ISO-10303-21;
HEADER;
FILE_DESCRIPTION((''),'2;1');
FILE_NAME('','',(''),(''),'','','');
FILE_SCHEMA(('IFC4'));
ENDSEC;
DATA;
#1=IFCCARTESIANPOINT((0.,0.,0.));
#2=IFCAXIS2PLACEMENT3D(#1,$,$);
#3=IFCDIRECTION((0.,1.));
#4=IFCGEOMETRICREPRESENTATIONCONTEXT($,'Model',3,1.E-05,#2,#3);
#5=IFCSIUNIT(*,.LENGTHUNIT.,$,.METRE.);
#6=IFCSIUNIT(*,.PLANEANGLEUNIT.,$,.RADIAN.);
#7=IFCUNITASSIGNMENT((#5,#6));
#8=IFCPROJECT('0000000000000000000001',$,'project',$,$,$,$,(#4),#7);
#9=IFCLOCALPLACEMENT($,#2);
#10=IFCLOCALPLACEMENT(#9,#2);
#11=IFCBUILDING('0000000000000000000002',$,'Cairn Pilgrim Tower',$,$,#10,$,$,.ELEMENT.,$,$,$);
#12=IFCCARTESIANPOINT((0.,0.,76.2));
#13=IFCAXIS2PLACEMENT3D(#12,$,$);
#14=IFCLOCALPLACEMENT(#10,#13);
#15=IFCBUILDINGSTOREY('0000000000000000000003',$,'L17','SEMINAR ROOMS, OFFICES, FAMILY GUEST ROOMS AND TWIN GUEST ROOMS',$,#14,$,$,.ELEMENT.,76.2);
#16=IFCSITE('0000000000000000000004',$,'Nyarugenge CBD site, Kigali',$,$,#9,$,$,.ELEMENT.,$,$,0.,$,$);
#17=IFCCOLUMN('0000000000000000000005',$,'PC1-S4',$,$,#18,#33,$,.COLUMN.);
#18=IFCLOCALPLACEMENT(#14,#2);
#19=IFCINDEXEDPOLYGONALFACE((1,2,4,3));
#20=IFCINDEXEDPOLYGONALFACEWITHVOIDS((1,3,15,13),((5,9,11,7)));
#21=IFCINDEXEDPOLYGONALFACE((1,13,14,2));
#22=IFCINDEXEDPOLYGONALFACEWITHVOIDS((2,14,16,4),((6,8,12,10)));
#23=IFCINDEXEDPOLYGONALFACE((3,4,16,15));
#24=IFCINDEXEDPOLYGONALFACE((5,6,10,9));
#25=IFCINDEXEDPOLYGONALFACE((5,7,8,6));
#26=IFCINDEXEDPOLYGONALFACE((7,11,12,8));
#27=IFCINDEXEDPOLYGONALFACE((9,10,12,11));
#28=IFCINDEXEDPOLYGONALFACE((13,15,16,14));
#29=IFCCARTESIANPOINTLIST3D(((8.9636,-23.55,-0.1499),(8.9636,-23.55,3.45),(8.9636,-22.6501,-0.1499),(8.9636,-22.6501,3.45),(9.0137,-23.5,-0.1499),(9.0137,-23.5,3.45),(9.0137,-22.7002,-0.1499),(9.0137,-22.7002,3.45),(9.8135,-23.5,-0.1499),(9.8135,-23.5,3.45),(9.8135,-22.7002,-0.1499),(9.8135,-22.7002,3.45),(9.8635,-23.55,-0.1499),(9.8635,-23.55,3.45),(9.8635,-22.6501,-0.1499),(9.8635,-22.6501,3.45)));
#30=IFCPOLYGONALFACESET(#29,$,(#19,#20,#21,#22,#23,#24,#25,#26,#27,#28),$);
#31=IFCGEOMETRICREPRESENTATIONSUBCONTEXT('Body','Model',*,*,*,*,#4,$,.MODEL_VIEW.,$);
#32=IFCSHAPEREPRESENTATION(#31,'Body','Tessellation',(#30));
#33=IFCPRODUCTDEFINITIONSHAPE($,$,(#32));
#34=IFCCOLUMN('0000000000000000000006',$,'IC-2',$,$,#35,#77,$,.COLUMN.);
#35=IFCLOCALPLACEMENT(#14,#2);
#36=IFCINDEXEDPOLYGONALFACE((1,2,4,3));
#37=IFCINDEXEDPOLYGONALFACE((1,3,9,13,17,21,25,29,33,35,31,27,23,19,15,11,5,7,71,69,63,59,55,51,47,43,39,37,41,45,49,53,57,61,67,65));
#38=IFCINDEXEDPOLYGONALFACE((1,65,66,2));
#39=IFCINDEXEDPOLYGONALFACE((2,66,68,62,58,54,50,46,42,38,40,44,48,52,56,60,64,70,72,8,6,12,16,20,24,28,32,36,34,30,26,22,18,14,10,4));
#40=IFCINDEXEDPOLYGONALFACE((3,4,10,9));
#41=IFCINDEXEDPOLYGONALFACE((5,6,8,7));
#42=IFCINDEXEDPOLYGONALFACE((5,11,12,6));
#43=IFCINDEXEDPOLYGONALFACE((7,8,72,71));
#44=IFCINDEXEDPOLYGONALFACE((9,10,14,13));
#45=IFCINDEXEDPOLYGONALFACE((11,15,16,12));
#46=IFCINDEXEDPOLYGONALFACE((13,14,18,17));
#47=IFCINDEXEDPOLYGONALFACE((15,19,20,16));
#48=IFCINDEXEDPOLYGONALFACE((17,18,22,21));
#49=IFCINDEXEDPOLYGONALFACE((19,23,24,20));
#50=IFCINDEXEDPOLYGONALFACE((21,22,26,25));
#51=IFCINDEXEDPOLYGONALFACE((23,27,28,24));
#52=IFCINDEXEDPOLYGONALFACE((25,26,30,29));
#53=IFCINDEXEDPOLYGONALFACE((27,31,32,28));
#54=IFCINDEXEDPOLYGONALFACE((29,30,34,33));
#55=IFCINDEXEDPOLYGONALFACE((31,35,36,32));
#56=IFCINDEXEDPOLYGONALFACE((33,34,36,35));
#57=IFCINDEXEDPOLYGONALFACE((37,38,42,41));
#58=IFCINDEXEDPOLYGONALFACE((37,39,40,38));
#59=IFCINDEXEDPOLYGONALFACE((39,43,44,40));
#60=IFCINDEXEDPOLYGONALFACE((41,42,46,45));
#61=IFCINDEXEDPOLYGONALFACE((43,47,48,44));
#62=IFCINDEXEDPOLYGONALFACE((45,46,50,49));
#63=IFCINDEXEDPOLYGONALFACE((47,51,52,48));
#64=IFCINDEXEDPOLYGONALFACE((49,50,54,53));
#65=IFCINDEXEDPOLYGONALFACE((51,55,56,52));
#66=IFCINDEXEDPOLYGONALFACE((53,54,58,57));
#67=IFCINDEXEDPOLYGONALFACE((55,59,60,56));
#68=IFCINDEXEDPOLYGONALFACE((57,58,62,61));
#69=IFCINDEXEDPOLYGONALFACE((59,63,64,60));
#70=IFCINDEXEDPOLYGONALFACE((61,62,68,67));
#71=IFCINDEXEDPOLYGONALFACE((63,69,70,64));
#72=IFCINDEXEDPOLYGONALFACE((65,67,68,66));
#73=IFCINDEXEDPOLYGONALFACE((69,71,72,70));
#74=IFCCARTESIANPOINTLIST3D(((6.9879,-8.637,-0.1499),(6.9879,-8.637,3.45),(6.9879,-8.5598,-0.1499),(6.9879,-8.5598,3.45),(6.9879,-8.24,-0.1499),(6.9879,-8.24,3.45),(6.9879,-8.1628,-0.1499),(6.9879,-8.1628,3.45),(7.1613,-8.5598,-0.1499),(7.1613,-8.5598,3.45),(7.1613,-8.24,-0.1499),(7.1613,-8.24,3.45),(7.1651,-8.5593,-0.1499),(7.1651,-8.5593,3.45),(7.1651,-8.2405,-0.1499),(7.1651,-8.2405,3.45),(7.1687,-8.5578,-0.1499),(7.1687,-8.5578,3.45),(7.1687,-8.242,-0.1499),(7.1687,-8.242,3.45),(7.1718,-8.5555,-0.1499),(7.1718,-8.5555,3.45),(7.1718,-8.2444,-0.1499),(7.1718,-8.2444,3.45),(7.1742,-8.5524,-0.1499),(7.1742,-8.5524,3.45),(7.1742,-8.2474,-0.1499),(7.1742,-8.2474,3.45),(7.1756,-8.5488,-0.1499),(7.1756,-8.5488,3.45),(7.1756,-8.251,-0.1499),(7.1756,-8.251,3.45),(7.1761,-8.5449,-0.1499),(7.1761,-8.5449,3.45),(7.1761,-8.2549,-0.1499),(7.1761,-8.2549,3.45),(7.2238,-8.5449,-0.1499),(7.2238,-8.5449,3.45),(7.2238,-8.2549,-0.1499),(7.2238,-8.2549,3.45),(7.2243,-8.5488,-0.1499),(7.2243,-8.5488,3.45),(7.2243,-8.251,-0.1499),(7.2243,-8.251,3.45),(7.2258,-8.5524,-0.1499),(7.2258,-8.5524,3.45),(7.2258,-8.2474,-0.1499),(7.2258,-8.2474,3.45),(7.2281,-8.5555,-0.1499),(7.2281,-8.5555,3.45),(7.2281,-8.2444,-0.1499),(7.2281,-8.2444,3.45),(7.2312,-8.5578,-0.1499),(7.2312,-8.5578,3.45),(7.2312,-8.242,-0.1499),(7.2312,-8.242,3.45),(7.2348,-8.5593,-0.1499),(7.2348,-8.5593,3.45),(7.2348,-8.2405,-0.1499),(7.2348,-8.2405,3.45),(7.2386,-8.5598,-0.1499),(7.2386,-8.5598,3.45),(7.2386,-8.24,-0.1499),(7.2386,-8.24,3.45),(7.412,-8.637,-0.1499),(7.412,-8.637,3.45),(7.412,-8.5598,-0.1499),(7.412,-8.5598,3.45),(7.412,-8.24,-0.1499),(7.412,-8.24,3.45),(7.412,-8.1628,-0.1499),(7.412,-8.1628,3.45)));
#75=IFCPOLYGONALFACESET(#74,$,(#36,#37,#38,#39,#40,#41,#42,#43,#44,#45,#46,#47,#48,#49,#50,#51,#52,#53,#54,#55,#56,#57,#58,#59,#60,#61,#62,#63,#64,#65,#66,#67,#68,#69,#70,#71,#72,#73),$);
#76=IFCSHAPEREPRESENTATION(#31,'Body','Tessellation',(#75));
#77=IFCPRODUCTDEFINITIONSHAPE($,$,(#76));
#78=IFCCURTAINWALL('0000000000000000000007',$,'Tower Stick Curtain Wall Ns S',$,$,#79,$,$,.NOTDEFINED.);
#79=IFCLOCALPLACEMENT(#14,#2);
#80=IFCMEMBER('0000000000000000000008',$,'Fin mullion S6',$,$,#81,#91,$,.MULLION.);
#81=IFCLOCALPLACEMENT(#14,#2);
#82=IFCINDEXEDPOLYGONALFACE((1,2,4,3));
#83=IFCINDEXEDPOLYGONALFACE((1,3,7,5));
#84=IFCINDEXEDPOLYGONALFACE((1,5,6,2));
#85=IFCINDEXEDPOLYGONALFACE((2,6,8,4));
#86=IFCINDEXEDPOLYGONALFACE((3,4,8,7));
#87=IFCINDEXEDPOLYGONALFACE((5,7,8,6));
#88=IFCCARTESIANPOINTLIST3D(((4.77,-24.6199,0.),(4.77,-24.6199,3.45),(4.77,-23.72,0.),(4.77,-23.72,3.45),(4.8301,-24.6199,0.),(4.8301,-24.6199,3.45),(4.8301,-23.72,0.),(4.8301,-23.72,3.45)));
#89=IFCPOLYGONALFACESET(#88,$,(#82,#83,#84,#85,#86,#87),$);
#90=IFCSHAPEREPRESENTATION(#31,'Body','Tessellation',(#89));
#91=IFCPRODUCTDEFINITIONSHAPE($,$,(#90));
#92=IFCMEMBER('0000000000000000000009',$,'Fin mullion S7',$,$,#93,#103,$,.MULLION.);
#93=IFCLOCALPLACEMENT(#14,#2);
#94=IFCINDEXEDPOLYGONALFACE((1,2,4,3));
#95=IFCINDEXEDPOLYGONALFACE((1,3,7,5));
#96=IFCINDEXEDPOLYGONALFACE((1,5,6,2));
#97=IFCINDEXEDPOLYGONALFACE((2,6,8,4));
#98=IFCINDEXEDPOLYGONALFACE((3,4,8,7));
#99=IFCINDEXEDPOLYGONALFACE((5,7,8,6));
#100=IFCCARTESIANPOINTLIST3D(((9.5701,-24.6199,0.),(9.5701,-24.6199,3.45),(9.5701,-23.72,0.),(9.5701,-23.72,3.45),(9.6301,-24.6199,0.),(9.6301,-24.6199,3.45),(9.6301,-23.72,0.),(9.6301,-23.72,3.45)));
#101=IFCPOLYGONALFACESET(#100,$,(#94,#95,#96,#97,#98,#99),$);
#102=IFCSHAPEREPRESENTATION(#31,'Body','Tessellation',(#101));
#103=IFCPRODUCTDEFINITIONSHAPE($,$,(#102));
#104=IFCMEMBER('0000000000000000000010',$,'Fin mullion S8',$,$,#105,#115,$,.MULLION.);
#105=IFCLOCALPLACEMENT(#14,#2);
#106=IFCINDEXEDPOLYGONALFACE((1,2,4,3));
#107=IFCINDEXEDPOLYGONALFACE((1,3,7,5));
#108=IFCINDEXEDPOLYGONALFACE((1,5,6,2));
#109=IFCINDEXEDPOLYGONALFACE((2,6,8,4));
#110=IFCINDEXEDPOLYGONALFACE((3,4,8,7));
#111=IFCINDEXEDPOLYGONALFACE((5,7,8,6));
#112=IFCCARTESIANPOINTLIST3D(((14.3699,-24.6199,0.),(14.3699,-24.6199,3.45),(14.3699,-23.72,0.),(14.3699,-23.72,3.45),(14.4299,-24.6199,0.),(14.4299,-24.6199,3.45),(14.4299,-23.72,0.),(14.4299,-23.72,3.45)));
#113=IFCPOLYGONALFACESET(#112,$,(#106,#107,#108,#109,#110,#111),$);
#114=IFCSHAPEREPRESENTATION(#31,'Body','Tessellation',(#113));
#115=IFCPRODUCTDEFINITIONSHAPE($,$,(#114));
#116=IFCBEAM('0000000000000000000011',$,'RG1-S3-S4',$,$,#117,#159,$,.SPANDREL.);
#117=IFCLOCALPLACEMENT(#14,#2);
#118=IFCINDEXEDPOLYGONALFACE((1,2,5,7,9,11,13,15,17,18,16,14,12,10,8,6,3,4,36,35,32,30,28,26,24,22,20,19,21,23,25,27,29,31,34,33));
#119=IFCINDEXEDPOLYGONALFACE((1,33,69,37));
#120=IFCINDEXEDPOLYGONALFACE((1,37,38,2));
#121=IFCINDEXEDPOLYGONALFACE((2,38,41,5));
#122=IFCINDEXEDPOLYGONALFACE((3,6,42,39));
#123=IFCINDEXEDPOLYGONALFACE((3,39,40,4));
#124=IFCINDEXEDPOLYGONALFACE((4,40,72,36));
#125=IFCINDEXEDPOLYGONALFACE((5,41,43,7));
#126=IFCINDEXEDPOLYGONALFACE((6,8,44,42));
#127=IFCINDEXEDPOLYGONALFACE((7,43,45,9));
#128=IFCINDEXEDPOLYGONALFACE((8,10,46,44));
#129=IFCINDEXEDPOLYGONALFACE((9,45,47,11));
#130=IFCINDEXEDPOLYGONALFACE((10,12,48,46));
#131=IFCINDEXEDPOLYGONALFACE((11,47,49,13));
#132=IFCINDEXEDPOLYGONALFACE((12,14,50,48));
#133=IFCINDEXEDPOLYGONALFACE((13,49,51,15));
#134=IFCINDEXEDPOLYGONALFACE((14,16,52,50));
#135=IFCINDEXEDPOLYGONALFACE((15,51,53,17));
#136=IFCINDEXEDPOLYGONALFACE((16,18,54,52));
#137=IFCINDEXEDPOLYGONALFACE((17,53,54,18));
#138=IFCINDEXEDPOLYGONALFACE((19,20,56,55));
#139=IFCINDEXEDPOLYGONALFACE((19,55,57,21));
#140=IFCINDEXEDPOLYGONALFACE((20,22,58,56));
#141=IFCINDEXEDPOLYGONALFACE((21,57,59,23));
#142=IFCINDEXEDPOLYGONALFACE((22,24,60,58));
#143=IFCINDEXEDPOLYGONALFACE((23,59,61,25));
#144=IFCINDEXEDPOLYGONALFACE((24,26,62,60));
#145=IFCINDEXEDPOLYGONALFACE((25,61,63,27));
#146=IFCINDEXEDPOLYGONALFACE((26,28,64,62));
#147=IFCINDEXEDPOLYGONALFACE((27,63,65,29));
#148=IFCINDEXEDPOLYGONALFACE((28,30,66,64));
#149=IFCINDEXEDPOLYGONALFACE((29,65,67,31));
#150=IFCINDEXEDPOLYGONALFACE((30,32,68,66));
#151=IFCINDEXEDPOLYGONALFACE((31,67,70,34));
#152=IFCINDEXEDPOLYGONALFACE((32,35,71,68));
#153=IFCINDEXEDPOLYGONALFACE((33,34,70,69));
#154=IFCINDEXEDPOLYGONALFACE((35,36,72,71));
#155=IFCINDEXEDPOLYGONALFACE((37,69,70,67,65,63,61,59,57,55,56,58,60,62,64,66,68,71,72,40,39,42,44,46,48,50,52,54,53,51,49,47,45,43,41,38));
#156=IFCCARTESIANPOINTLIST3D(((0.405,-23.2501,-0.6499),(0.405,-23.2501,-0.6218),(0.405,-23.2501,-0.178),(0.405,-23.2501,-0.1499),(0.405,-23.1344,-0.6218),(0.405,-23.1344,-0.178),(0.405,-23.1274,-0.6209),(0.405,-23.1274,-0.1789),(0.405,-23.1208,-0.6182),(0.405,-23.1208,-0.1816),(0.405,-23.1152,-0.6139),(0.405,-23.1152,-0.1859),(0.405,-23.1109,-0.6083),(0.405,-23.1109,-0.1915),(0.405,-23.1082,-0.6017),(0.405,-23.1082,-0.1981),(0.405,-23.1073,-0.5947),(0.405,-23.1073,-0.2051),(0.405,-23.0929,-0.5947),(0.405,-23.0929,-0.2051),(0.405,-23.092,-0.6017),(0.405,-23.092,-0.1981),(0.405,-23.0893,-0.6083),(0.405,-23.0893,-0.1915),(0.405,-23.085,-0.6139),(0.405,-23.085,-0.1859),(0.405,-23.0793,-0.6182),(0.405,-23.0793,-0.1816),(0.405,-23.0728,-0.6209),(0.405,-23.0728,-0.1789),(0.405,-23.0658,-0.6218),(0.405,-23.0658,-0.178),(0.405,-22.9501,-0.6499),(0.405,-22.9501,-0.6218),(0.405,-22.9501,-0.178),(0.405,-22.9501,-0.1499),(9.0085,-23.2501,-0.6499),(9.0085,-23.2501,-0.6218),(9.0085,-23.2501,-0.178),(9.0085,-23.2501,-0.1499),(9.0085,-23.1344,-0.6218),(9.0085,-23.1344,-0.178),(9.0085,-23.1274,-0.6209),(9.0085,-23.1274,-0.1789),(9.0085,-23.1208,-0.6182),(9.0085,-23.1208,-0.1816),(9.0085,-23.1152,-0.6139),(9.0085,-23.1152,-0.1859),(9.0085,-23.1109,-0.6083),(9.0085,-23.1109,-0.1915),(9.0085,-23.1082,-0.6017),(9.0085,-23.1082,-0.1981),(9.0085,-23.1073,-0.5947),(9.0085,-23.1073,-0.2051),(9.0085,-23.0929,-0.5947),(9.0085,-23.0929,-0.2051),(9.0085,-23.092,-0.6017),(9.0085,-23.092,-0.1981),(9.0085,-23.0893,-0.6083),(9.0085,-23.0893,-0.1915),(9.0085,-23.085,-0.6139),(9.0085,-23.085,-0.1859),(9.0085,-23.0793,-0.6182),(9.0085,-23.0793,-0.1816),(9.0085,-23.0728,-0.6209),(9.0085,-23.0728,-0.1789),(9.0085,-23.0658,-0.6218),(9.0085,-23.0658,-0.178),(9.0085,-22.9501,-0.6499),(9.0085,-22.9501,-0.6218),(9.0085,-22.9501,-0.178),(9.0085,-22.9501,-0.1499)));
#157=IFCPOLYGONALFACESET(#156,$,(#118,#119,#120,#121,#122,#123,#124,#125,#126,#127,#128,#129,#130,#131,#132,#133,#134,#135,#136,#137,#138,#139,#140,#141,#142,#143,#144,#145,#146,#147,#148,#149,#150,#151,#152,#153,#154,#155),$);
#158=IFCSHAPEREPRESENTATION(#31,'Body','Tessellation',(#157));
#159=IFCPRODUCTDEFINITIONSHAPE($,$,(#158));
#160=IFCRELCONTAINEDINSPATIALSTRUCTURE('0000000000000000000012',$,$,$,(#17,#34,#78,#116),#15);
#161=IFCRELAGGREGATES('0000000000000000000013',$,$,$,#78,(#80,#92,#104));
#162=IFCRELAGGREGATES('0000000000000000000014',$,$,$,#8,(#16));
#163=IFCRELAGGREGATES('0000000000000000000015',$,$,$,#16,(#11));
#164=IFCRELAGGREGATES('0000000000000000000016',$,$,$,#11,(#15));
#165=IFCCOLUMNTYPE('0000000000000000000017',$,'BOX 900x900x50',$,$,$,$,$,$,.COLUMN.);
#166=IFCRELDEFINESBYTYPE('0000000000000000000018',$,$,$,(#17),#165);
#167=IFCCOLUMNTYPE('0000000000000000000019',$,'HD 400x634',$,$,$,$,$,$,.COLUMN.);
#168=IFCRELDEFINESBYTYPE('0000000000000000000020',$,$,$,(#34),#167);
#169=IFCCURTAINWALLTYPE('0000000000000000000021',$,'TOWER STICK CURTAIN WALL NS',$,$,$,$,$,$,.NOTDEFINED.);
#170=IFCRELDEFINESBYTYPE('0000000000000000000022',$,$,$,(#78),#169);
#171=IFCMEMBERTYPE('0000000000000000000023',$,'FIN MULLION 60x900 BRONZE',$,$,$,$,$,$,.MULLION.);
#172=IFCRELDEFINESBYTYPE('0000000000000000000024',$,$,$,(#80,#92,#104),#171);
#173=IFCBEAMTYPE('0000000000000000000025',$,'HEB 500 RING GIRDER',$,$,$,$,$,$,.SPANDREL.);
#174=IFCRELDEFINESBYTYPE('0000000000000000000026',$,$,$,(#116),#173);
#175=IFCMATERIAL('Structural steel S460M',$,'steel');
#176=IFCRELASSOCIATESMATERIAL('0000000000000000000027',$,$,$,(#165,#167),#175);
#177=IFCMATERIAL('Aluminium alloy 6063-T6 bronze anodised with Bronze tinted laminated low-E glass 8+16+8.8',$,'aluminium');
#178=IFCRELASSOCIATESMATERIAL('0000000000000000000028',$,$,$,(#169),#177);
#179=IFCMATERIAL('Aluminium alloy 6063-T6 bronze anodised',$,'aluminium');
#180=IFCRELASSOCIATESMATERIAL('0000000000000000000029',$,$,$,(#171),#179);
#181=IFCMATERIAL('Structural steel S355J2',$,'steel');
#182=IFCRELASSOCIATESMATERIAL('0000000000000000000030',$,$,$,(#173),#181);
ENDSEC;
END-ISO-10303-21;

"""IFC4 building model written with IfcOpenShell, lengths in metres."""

from ifc_helpers import new_model, si_unit, direction, frame, origin, origin_2d, place, context, subcontext, project, spatial, rectangle, hollow_rectangle, i_section, extrude, material, material_profile, profile_set, type_object, element, aggregate, save


model = new_model("IFC4")

# Units and contexts
model_context = context("Model", 3, precision=1e-05, world=origin(), true_north=direction((0.0, 1.0)))
body_context = subcontext(model_context, "Body", "Model", "MODEL_VIEW")
ifc_project = project(units=[si_unit("LENGTHUNIT", "METRE"), si_unit("PLANEANGLEUNIT", "RADIAN")], contexts=[model_context])

# Site, building, storey
site_placement = place(None, origin())
site = spatial("IfcSite", under=ifc_project, at=site_placement, Name="Nyarugenge CBD site, Kigali", CompositionType="ELEMENT", RefElevation=0.0)
building_placement = place(site_placement, origin())
building = spatial("IfcBuilding", under=site, at=building_placement, Name="Cairn Pilgrim Tower", CompositionType="ELEMENT")
storey_placement = place(building_placement, frame((0.0, 0.0, 76.2)))
storey = spatial("IfcBuildingStorey", under=building, at=storey_placement, Name="L17", Description="SEMINAR ROOMS, OFFICES, FAMILY GUEST ROOMS AND TWIN GUEST ROOMS", CompositionType="ELEMENT", Elevation=76.2)

# Columns
ifc_material_1 = material(Name="Structural steel S460M", Category="steel")
ifc_material_profile_1 = material_profile(ifc_material_1, hollow_rectangle(XDim=0.8999, YDim=0.8999, WallThickness=0.05, at=origin_2d()), Name="BOX 900x900x50")
ifc_profile_set_1 = profile_set([ifc_material_profile_1], Name="Structural steel S460M")
column_type_1 = type_object("IfcColumnType", Name="BOX 900x900x50", PredefinedType="COLUMN", material=ifc_profile_set_1)
column_1_placement = place(storey_placement, frame((9.4136, -23.1001, -0.1499), z_axis=(0.0, 0.0, 1.0), x_axis=(1.0, 0.0, 0.0)))
element("IfcColumn", 1, at=column_1_placement, inside=storey, type_object=column_type_1, Name="PC1-S4", PredefinedType="COLUMN", context=body_context, shape_type="SweptSolid", body=[
    extrude(hollow_rectangle(XDim=0.8999, YDim=0.8999, WallThickness=0.05, at=origin_2d()), origin(), (0.0, 0.0, 1.0), 3.5999),
])
ifc_material_profile_2 = material_profile(ifc_material_1, i_section(OverallWidth=0.4241, OverallDepth=0.4741, WebThickness=0.0476, FlangeThickness=0.0771, FilletRadius=0.0149, at=origin_2d()), Name="HD 400x634")
ifc_profile_set_2 = profile_set([ifc_material_profile_2], Name="Structural steel S460M")
column_type_2 = type_object("IfcColumnType", Name="HD 400x634", PredefinedType="COLUMN", material=ifc_profile_set_2)
column_2_placement = place(storey_placement, frame((7.2, -8.3999, -0.1499), z_axis=(0.0, 0.0, 1.0), x_axis=(1.0, 0.0, 0.0)))
element("IfcColumn", 2, at=column_2_placement, inside=storey, type_object=column_type_2, Name="IC-2", PredefinedType="COLUMN", context=body_context, shape_type="SweptSolid", body=[
    extrude(i_section(OverallWidth=0.4241, OverallDepth=0.4741, WebThickness=0.0476, FlangeThickness=0.0771, FilletRadius=0.0149, at=origin_2d()), origin(), (0.0, 0.0, 1.0), 3.5999),
])

# Curtain wall, members
ifc_material_2 = material(Name="Aluminium alloy 6063-T6 bronze anodised with Bronze tinted laminated low-E glass 8+16+8.8", Category="aluminium")
curtain_wall_type = type_object("IfcCurtainWallType", Name="TOWER STICK CURTAIN WALL NS", PredefinedType="NOTDEFINED", material=ifc_material_2)
curtain_wall_placement = place(storey_placement, origin())
curtain_wall = element("IfcCurtainWall", 3, at=curtain_wall_placement, inside=storey, type_object=curtain_wall_type, Name="Tower Stick Curtain Wall Ns S", PredefinedType="NOTDEFINED")
ifc_material_3 = material(Name="Aluminium alloy 6063-T6 bronze anodised", Category="aluminium")
ifc_material_profile_3 = material_profile(ifc_material_3, rectangle(XDim=0.8999, YDim=0.0601, at=origin_2d()), Name="FIN MULLION 60x900 BRONZE")
ifc_profile_set_3 = profile_set([ifc_material_profile_3], Name="Aluminium alloy 6063-T6 bronze anodised")
member_type_1 = type_object("IfcMemberType", Name="FIN MULLION 60x900 BRONZE", PredefinedType="MULLION", material=ifc_profile_set_3)
member_1_placement = place(storey_placement, frame((4.8, -24.1699, 0.0), z_axis=(0.0, 0.0, 1.0), x_axis=(0.0, -1.0, 0.0)))
member_1 = element("IfcMember", 4, at=member_1_placement, type_object=member_type_1, Name="Fin mullion S6", PredefinedType="MULLION", context=body_context, shape_type="SweptSolid", body=[
    extrude(rectangle(XDim=0.8999, YDim=0.0601, at=origin_2d()), origin(), (0.0, 0.0, 1.0), 3.45),
])
member_2_placement = place(storey_placement, frame((9.6001, -24.1699, 0.0), z_axis=(0.0, 0.0, 1.0), x_axis=(0.0, -1.0, 0.0)))
member_2 = element("IfcMember", 5, at=member_2_placement, type_object=member_type_1, Name="Fin mullion S7", PredefinedType="MULLION", context=body_context, shape_type="SweptSolid", body=[
    extrude(rectangle(XDim=0.8999, YDim=0.0601, at=origin_2d()), origin(), (0.0, 0.0, 1.0), 3.45),
])
member_3_placement = place(storey_placement, frame((14.3999, -24.1699, 0.0), z_axis=(0.0, 0.0, 1.0), x_axis=(0.0, -1.0, 0.0)))
member_3 = element("IfcMember", 6, at=member_3_placement, type_object=member_type_1, Name="Fin mullion S8", PredefinedType="MULLION", context=body_context, shape_type="SweptSolid", body=[
    extrude(rectangle(XDim=0.8999, YDim=0.0601, at=origin_2d()), origin(), (0.0, 0.0, 1.0), 3.45),
])

# Beam
ifc_material_4 = material(Name="Structural steel S355J2", Category="steel")
ifc_material_profile_4 = material_profile(ifc_material_4, i_section(OverallWidth=0.3, OverallDepth=0.5, WebThickness=0.0144, FlangeThickness=0.0281, FilletRadius=0.0271, at=origin_2d()), Name="HEB 500")
ifc_profile_set_4 = profile_set([ifc_material_profile_4], Name="Structural steel S355J2")
beam_type_1 = type_object("IfcBeamType", Name="HEB 500 RING GIRDER", PredefinedType="SPANDREL", material=ifc_profile_set_4)
for number, where, z_axis, x_axis, name in (
    (7, (0.405, -23.1001, -0.3999), (1.0, 0.0, 0.0), (0.0, 1.0, 0.0), "RG1-S3-S4"),
):
    element("IfcBeam", number, at=place(storey_placement, frame(where, z_axis=z_axis, x_axis=x_axis)), inside=storey, type_object=beam_type_1, Name=name, PredefinedType="SPANDREL", context=body_context, shape_type="SweptSolid", body=[
        extrude(i_section(OverallWidth=0.3, OverallDepth=0.5, WebThickness=0.0144, FlangeThickness=0.0281, FilletRadius=0.0271, at=origin_2d()), origin(), (0.0, 0.0, 1.0), 8.6035),
    ])

aggregate(curtain_wall, [member_1, member_2, member_3])

save(model, "model.ifc")
